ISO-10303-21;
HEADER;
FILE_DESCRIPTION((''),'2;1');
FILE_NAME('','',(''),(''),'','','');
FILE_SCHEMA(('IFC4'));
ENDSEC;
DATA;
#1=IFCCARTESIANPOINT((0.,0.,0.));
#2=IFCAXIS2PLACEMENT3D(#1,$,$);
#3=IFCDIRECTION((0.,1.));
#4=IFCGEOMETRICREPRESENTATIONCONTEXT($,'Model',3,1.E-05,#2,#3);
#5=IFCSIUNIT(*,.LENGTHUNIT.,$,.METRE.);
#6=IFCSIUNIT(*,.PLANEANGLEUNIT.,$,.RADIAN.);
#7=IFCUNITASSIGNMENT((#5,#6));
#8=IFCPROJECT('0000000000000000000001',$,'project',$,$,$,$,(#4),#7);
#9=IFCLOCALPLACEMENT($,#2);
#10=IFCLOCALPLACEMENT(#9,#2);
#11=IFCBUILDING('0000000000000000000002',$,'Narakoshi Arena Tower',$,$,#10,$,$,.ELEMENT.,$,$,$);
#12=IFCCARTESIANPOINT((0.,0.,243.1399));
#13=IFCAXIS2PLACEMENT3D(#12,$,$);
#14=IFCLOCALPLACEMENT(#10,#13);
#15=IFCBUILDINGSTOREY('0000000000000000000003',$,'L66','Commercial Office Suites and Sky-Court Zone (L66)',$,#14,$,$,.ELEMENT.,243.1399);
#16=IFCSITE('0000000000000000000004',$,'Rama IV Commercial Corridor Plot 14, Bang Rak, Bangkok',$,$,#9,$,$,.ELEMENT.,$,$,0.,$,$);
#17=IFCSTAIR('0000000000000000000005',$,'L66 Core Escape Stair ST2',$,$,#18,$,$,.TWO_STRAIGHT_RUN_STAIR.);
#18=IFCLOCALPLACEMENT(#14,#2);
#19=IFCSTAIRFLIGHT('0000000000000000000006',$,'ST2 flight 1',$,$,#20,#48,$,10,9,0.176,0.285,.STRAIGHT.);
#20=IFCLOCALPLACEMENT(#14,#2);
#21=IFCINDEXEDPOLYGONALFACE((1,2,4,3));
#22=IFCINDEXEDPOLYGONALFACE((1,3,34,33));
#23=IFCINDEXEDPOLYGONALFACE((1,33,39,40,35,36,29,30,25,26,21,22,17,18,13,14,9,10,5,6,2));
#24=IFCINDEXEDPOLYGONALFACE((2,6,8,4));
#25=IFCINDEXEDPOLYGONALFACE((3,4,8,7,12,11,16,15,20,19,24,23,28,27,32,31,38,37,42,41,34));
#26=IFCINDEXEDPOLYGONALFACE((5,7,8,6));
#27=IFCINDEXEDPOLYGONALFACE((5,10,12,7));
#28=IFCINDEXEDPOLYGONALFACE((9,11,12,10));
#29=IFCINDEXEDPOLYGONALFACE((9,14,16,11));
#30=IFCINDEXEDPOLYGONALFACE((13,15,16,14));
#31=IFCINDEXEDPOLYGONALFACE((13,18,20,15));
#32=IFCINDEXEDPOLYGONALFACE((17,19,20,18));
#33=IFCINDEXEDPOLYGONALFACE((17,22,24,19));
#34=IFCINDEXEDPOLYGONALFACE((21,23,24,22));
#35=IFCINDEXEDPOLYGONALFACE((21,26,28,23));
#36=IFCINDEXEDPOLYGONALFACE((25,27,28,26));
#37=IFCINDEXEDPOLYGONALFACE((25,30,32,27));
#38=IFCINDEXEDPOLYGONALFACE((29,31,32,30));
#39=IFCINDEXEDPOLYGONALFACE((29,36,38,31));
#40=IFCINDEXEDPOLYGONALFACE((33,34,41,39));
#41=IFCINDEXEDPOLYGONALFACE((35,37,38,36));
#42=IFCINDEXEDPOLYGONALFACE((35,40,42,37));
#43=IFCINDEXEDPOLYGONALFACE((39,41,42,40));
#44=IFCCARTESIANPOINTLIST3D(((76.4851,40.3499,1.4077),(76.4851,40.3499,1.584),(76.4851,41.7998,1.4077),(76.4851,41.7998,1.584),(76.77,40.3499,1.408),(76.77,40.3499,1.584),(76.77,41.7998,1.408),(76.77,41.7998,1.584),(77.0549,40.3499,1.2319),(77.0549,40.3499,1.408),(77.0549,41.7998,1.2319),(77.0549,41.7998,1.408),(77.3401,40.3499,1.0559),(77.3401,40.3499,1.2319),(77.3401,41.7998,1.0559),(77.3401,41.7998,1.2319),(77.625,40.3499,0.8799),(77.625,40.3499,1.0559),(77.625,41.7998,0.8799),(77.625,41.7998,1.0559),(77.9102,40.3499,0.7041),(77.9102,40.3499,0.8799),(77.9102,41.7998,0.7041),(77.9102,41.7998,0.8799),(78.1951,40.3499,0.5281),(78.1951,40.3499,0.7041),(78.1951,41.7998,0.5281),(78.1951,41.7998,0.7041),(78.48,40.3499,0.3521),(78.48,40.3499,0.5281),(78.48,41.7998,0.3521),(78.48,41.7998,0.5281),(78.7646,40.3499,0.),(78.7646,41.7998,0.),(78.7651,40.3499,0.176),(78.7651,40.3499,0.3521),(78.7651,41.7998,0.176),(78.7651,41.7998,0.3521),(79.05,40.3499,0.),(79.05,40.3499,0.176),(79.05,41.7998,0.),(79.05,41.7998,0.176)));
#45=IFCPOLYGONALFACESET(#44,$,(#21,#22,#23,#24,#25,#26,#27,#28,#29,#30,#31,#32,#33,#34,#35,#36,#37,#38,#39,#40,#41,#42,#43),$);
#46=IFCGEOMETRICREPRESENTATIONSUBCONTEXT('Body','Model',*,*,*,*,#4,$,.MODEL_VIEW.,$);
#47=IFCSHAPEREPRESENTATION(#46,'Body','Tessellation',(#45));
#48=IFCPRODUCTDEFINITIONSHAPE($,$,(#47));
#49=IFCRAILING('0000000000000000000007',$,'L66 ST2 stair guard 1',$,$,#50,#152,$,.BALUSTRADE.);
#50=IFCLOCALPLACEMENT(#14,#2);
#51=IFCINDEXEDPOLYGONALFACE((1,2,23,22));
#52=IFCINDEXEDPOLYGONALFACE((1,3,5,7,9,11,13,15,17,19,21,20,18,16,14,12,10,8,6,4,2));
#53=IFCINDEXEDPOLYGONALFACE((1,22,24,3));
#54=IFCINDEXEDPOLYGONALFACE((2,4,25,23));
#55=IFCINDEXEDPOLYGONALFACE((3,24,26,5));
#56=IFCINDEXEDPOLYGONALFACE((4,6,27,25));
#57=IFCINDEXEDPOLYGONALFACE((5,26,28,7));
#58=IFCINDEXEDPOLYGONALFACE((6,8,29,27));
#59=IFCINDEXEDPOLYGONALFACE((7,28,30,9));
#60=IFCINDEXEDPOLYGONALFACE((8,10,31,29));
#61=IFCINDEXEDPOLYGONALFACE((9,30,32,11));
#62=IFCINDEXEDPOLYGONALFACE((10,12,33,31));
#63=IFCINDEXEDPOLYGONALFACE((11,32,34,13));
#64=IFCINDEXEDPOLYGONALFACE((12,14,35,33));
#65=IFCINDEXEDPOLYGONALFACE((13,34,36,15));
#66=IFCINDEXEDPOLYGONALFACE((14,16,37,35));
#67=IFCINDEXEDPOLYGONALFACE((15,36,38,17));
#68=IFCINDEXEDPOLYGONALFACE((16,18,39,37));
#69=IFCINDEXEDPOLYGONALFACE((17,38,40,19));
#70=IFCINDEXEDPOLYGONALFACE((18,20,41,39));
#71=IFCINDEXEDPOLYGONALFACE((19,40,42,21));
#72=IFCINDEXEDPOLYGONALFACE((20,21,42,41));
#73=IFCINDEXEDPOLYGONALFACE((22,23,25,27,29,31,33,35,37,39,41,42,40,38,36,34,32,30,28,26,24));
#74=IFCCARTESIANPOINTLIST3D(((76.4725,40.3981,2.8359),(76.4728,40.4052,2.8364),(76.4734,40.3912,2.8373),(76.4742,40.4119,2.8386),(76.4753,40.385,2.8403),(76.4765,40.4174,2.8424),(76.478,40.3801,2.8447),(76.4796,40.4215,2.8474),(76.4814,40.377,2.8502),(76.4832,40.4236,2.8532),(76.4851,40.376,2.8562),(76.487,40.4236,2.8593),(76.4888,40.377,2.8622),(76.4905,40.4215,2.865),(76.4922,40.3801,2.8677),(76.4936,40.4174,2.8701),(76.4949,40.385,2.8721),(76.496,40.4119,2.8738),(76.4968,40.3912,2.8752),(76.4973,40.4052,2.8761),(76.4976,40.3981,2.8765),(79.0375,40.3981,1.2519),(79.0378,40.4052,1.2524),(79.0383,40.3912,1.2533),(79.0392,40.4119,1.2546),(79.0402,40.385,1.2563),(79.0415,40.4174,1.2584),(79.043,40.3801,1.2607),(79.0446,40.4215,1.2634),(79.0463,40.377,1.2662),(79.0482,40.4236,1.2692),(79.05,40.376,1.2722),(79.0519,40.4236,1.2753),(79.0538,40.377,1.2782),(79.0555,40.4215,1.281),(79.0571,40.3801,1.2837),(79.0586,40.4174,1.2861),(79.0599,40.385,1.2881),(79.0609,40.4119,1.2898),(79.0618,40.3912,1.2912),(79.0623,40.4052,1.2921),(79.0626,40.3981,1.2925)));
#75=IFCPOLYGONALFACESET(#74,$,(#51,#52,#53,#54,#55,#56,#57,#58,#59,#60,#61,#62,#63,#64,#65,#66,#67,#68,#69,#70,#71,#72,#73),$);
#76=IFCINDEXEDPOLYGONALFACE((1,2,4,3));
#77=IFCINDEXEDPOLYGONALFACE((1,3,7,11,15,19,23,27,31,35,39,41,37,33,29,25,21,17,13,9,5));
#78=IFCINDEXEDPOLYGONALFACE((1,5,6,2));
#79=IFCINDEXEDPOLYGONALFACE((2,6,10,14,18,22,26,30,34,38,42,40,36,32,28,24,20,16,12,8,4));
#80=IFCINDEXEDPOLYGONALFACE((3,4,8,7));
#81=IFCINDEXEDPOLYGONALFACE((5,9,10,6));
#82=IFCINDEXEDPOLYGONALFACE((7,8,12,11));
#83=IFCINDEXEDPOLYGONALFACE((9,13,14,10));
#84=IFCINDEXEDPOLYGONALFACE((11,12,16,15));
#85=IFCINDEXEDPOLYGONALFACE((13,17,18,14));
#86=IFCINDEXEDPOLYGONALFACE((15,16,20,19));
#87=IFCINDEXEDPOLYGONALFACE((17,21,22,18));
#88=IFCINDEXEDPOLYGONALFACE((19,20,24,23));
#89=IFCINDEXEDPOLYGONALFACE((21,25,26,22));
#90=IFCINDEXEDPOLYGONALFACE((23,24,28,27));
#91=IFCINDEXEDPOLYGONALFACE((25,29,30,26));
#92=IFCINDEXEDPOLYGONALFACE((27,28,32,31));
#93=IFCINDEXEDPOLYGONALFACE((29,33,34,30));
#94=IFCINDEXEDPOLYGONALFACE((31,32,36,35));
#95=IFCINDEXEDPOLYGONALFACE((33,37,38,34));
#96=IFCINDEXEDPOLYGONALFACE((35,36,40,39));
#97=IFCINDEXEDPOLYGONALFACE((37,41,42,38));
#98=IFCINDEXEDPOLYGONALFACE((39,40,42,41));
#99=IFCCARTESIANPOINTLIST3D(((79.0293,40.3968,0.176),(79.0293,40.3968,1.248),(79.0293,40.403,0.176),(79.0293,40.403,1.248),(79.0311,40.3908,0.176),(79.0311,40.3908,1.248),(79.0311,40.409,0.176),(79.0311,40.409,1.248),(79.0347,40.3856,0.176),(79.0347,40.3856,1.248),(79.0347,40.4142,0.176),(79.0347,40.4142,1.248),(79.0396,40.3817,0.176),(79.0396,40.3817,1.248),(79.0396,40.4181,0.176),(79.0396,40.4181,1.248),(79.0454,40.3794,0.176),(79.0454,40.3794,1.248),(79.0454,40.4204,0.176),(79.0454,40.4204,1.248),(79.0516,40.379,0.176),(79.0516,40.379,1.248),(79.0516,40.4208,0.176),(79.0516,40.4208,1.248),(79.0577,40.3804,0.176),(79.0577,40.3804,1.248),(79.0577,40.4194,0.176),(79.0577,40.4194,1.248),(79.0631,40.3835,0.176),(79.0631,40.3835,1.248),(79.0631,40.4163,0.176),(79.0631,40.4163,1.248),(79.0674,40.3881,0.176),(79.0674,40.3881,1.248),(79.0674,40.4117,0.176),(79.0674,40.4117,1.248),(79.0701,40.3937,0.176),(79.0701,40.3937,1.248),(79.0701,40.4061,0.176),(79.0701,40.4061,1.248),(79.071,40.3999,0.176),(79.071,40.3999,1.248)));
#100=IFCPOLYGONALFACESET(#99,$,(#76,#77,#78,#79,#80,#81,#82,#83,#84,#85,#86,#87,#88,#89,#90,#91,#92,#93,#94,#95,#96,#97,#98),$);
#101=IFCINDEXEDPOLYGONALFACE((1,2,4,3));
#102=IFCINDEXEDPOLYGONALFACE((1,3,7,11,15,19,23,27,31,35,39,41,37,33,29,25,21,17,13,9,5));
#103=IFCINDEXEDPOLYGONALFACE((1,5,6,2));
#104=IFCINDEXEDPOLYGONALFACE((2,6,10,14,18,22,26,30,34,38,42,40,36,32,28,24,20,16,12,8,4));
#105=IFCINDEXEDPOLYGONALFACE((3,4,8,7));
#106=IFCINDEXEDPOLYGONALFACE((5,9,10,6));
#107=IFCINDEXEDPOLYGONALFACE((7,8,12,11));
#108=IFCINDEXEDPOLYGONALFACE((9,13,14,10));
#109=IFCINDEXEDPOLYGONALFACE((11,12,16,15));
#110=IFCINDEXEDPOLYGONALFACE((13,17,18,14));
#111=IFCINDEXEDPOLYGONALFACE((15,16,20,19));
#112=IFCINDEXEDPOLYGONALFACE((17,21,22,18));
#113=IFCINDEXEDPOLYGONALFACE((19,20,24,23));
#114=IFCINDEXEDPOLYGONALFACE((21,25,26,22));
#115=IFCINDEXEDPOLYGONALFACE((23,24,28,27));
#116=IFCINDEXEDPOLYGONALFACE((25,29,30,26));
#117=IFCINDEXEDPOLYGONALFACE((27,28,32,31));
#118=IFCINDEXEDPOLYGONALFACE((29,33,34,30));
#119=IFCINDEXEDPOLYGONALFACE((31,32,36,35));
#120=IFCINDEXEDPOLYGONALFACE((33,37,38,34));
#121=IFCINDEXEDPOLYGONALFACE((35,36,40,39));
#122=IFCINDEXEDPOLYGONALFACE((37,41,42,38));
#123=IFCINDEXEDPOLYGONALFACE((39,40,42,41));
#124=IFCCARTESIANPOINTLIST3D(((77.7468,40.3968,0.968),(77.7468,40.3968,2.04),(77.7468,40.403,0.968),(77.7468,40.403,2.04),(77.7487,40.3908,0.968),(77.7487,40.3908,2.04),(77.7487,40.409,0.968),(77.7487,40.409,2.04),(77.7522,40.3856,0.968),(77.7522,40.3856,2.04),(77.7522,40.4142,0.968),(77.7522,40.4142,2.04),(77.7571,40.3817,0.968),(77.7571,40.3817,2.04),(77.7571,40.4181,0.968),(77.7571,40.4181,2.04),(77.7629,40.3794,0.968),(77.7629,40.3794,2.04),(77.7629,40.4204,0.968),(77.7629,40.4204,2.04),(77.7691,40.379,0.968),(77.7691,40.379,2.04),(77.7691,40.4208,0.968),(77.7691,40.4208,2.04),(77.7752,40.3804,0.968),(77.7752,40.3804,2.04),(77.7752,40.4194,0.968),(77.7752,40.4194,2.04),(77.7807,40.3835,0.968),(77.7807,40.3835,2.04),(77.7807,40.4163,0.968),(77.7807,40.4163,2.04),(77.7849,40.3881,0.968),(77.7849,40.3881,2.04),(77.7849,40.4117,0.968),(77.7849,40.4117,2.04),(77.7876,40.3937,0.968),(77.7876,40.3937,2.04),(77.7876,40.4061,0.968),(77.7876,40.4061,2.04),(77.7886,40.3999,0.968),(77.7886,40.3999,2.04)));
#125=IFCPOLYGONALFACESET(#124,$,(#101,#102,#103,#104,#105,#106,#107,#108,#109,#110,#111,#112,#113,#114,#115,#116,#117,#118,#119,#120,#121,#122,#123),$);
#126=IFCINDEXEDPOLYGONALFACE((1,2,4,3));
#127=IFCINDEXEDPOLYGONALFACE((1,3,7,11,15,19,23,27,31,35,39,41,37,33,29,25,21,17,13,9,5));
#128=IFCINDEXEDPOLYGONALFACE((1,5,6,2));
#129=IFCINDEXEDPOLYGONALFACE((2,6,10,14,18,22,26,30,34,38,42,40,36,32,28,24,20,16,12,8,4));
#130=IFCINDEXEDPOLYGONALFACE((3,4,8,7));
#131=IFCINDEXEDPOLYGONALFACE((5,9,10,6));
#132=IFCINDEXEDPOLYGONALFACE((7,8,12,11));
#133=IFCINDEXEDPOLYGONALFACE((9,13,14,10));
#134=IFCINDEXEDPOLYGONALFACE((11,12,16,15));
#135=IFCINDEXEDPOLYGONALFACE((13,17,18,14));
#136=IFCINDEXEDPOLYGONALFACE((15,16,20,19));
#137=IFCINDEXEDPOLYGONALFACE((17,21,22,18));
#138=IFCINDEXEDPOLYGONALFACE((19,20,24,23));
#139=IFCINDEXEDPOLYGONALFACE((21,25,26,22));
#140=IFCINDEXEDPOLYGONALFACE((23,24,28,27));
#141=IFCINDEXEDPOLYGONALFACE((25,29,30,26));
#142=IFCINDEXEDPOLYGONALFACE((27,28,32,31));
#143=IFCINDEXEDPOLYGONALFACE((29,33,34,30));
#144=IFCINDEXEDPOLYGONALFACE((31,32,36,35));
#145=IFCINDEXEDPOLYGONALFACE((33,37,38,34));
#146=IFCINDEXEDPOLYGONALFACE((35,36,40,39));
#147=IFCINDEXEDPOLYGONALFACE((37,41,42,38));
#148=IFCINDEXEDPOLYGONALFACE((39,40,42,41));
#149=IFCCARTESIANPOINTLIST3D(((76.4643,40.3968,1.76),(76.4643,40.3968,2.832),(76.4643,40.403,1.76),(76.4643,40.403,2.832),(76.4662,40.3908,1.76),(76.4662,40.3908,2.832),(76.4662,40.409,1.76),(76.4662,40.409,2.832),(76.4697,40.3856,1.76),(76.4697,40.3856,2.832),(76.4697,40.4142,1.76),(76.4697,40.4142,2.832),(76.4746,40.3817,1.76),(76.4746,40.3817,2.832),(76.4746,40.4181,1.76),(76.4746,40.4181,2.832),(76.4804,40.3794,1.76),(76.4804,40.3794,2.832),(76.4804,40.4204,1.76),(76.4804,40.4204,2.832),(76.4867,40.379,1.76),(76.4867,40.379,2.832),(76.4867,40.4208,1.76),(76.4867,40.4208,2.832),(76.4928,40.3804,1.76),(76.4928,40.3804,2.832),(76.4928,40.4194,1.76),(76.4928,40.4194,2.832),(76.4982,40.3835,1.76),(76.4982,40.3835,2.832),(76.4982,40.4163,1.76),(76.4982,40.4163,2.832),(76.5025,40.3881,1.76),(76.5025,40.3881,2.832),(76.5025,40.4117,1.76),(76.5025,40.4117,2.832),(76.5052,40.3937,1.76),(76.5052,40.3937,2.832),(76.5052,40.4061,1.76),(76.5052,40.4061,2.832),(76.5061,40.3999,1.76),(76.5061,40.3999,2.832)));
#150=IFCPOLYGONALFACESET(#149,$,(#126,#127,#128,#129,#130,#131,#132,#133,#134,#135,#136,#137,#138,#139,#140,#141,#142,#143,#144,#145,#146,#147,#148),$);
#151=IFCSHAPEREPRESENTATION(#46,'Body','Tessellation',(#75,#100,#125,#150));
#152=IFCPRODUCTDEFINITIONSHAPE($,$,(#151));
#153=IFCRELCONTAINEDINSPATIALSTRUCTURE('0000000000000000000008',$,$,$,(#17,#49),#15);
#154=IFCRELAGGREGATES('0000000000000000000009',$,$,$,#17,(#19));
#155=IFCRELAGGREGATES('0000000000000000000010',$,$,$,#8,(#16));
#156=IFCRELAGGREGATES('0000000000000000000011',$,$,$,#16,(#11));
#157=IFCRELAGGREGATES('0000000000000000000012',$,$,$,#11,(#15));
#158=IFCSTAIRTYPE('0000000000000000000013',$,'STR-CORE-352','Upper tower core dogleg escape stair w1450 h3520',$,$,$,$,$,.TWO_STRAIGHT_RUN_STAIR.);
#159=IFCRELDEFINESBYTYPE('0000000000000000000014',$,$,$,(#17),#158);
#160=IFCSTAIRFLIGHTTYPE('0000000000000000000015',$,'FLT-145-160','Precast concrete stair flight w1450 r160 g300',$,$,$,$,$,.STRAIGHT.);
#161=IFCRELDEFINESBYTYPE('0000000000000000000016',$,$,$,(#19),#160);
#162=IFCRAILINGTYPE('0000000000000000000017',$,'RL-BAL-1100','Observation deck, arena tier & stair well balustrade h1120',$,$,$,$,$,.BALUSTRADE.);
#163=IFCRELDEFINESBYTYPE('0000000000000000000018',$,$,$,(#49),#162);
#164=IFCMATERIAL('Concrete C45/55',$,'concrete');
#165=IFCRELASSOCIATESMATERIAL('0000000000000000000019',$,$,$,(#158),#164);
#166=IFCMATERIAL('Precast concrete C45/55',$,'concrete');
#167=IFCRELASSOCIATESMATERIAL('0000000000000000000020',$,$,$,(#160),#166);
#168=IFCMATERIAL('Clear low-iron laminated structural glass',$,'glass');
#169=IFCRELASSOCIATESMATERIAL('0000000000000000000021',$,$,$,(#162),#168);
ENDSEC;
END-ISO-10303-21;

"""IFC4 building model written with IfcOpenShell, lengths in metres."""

from ifc_helpers import new_model, si_unit, direction, frame, origin, origin_2d, place, context, subcontext, project, spatial, polyline, circle, outline, extrude, material, type_object, element, aggregate, save


model = new_model("IFC4")

# Units and contexts
model_context = context("Model", 3, precision=1e-05, world=origin(), true_north=direction((0.0, 1.0)))
body_context = subcontext(model_context, "Body", "Model", "MODEL_VIEW")
ifc_project = project(units=[si_unit("LENGTHUNIT", "METRE"), si_unit("PLANEANGLEUNIT", "RADIAN")], contexts=[model_context])

# Site, building, storey
site_placement = place(None, origin())
site = spatial("IfcSite", under=ifc_project, at=site_placement, Name="Rama IV Commercial Corridor Plot 14, Bang Rak, Bangkok", CompositionType="ELEMENT", RefElevation=0.0)
building_placement = place(site_placement, origin())
building = spatial("IfcBuilding", under=site, at=building_placement, Name="Narakoshi Arena Tower", CompositionType="ELEMENT")
storey_placement = place(building_placement, frame((0.0, 0.0, 243.1399)))
storey = spatial("IfcBuildingStorey", under=building, at=storey_placement, Name="L66", Description="Commercial Office Suites and Sky-Court Zone (L66)", CompositionType="ELEMENT", Elevation=243.1399)

# Stair, stair flight
ifc_material_1 = material(Name="Concrete C45/55", Category="concrete")
stair_type = type_object("IfcStairType", Name="STR-CORE-352", Description="Upper tower core dogleg escape stair w1450 h3520", PredefinedType="TWO_STRAIGHT_RUN_STAIR", material=ifc_material_1)
stair_placement = place(storey_placement, origin())
stair = element("IfcStair", 1, at=stair_placement, inside=storey, type_object=stair_type, Name="L66 Core Escape Stair ST2", PredefinedType="TWO_STRAIGHT_RUN_STAIR")
ifc_material_2 = material(Name="Precast concrete C45/55", Category="concrete")
stair_flight_type = type_object("IfcStairFlightType", Name="FLT-145-160", Description="Precast concrete stair flight w1450 r160 g300", PredefinedType="STRAIGHT", material=ifc_material_2)
stair_flight_placement = place(storey_placement, frame((79.05, 41.075, 0.0), z_axis=(0.0, 0.0, 1.0), x_axis=(-1.0, 0.0, 0.0)))
stair_flight = element("IfcStairFlight", 2, at=stair_flight_placement, type_object=stair_flight_type, Name="ST2 flight 1", NumberOfRisers=10, NumberOfTreads=9, PredefinedType="STRAIGHT", RiserHeight=0.176, TreadLength=0.285, context=body_context, shape_type="SweptSolid", body=[
    extrude(outline(polyline([(0.0, 0.0), (0.0, 0.176), (0.2849, 0.176), (0.2849, 0.3521), (0.5701, 0.3521), (0.5701, 0.5281), (0.855, 0.5281), (0.855, 0.7041), (1.1399, 0.7041), (1.1399, 0.8799), (1.425, 0.8799), (1.425, 1.0559), (1.71, 1.0559), (1.71, 1.2319), (1.9951, 1.2319), (1.9951, 1.408), (2.28, 1.408), (2.28, 1.584), (2.5649, 1.584), (2.5649, 1.76), (2.5649, 1.4077), (0.2854, 0.0), (0.0, 0.0)])), frame((0.0, 0.7251, 0.0), z_axis=(0.0, -1.0, 0.0), x_axis=(1.0, 0.0, 0.0)), (0.0, 0.0, 1.0), 1.45),
])
aggregate(stair, [stair_flight])

# Railing
ifc_material_3 = material(Name="Clear low-iron laminated structural glass", Category="glass")
railing_type_1 = type_object("IfcRailingType", Name="RL-BAL-1100", Description="Observation deck, arena tier & stair well balustrade h1120", PredefinedType="BALUSTRADE", material=ifc_material_3)
railing_1_placement = place(storey_placement, frame((79.05, 40.3999, 0.176)))
element("IfcRailing", 3, at=railing_1_placement, inside=storey, type_object=railing_type_1, Name="L66 ST2 stair guard 1", PredefinedType="BALUSTRADE", context=body_context, shape_type="SweptSolid", body=[
    extrude(circle(Radius=0.0239, at=origin_2d()), frame((0.0, 0.0, 1.0962), z_axis=(-0.850834, 0.0, 0.525434), x_axis=(0.0, -1.0, 0.0)), (0.0, 0.0, 1.0), 3.0146),
    extrude(circle(Radius=0.021, at=origin_2d()), origin(), (0.0, 0.0, 1.0), 1.072),
    extrude(circle(Radius=0.021, at=origin_2d()), frame((-1.2825, 0.0, 0.792)), (0.0, 0.0, 1.0), 1.072),
    extrude(circle(Radius=0.021, at=origin_2d()), frame((-2.5649, 0.0, 1.584)), (0.0, 0.0, 1.0), 1.072),
])

save(model, "model.ifc")
